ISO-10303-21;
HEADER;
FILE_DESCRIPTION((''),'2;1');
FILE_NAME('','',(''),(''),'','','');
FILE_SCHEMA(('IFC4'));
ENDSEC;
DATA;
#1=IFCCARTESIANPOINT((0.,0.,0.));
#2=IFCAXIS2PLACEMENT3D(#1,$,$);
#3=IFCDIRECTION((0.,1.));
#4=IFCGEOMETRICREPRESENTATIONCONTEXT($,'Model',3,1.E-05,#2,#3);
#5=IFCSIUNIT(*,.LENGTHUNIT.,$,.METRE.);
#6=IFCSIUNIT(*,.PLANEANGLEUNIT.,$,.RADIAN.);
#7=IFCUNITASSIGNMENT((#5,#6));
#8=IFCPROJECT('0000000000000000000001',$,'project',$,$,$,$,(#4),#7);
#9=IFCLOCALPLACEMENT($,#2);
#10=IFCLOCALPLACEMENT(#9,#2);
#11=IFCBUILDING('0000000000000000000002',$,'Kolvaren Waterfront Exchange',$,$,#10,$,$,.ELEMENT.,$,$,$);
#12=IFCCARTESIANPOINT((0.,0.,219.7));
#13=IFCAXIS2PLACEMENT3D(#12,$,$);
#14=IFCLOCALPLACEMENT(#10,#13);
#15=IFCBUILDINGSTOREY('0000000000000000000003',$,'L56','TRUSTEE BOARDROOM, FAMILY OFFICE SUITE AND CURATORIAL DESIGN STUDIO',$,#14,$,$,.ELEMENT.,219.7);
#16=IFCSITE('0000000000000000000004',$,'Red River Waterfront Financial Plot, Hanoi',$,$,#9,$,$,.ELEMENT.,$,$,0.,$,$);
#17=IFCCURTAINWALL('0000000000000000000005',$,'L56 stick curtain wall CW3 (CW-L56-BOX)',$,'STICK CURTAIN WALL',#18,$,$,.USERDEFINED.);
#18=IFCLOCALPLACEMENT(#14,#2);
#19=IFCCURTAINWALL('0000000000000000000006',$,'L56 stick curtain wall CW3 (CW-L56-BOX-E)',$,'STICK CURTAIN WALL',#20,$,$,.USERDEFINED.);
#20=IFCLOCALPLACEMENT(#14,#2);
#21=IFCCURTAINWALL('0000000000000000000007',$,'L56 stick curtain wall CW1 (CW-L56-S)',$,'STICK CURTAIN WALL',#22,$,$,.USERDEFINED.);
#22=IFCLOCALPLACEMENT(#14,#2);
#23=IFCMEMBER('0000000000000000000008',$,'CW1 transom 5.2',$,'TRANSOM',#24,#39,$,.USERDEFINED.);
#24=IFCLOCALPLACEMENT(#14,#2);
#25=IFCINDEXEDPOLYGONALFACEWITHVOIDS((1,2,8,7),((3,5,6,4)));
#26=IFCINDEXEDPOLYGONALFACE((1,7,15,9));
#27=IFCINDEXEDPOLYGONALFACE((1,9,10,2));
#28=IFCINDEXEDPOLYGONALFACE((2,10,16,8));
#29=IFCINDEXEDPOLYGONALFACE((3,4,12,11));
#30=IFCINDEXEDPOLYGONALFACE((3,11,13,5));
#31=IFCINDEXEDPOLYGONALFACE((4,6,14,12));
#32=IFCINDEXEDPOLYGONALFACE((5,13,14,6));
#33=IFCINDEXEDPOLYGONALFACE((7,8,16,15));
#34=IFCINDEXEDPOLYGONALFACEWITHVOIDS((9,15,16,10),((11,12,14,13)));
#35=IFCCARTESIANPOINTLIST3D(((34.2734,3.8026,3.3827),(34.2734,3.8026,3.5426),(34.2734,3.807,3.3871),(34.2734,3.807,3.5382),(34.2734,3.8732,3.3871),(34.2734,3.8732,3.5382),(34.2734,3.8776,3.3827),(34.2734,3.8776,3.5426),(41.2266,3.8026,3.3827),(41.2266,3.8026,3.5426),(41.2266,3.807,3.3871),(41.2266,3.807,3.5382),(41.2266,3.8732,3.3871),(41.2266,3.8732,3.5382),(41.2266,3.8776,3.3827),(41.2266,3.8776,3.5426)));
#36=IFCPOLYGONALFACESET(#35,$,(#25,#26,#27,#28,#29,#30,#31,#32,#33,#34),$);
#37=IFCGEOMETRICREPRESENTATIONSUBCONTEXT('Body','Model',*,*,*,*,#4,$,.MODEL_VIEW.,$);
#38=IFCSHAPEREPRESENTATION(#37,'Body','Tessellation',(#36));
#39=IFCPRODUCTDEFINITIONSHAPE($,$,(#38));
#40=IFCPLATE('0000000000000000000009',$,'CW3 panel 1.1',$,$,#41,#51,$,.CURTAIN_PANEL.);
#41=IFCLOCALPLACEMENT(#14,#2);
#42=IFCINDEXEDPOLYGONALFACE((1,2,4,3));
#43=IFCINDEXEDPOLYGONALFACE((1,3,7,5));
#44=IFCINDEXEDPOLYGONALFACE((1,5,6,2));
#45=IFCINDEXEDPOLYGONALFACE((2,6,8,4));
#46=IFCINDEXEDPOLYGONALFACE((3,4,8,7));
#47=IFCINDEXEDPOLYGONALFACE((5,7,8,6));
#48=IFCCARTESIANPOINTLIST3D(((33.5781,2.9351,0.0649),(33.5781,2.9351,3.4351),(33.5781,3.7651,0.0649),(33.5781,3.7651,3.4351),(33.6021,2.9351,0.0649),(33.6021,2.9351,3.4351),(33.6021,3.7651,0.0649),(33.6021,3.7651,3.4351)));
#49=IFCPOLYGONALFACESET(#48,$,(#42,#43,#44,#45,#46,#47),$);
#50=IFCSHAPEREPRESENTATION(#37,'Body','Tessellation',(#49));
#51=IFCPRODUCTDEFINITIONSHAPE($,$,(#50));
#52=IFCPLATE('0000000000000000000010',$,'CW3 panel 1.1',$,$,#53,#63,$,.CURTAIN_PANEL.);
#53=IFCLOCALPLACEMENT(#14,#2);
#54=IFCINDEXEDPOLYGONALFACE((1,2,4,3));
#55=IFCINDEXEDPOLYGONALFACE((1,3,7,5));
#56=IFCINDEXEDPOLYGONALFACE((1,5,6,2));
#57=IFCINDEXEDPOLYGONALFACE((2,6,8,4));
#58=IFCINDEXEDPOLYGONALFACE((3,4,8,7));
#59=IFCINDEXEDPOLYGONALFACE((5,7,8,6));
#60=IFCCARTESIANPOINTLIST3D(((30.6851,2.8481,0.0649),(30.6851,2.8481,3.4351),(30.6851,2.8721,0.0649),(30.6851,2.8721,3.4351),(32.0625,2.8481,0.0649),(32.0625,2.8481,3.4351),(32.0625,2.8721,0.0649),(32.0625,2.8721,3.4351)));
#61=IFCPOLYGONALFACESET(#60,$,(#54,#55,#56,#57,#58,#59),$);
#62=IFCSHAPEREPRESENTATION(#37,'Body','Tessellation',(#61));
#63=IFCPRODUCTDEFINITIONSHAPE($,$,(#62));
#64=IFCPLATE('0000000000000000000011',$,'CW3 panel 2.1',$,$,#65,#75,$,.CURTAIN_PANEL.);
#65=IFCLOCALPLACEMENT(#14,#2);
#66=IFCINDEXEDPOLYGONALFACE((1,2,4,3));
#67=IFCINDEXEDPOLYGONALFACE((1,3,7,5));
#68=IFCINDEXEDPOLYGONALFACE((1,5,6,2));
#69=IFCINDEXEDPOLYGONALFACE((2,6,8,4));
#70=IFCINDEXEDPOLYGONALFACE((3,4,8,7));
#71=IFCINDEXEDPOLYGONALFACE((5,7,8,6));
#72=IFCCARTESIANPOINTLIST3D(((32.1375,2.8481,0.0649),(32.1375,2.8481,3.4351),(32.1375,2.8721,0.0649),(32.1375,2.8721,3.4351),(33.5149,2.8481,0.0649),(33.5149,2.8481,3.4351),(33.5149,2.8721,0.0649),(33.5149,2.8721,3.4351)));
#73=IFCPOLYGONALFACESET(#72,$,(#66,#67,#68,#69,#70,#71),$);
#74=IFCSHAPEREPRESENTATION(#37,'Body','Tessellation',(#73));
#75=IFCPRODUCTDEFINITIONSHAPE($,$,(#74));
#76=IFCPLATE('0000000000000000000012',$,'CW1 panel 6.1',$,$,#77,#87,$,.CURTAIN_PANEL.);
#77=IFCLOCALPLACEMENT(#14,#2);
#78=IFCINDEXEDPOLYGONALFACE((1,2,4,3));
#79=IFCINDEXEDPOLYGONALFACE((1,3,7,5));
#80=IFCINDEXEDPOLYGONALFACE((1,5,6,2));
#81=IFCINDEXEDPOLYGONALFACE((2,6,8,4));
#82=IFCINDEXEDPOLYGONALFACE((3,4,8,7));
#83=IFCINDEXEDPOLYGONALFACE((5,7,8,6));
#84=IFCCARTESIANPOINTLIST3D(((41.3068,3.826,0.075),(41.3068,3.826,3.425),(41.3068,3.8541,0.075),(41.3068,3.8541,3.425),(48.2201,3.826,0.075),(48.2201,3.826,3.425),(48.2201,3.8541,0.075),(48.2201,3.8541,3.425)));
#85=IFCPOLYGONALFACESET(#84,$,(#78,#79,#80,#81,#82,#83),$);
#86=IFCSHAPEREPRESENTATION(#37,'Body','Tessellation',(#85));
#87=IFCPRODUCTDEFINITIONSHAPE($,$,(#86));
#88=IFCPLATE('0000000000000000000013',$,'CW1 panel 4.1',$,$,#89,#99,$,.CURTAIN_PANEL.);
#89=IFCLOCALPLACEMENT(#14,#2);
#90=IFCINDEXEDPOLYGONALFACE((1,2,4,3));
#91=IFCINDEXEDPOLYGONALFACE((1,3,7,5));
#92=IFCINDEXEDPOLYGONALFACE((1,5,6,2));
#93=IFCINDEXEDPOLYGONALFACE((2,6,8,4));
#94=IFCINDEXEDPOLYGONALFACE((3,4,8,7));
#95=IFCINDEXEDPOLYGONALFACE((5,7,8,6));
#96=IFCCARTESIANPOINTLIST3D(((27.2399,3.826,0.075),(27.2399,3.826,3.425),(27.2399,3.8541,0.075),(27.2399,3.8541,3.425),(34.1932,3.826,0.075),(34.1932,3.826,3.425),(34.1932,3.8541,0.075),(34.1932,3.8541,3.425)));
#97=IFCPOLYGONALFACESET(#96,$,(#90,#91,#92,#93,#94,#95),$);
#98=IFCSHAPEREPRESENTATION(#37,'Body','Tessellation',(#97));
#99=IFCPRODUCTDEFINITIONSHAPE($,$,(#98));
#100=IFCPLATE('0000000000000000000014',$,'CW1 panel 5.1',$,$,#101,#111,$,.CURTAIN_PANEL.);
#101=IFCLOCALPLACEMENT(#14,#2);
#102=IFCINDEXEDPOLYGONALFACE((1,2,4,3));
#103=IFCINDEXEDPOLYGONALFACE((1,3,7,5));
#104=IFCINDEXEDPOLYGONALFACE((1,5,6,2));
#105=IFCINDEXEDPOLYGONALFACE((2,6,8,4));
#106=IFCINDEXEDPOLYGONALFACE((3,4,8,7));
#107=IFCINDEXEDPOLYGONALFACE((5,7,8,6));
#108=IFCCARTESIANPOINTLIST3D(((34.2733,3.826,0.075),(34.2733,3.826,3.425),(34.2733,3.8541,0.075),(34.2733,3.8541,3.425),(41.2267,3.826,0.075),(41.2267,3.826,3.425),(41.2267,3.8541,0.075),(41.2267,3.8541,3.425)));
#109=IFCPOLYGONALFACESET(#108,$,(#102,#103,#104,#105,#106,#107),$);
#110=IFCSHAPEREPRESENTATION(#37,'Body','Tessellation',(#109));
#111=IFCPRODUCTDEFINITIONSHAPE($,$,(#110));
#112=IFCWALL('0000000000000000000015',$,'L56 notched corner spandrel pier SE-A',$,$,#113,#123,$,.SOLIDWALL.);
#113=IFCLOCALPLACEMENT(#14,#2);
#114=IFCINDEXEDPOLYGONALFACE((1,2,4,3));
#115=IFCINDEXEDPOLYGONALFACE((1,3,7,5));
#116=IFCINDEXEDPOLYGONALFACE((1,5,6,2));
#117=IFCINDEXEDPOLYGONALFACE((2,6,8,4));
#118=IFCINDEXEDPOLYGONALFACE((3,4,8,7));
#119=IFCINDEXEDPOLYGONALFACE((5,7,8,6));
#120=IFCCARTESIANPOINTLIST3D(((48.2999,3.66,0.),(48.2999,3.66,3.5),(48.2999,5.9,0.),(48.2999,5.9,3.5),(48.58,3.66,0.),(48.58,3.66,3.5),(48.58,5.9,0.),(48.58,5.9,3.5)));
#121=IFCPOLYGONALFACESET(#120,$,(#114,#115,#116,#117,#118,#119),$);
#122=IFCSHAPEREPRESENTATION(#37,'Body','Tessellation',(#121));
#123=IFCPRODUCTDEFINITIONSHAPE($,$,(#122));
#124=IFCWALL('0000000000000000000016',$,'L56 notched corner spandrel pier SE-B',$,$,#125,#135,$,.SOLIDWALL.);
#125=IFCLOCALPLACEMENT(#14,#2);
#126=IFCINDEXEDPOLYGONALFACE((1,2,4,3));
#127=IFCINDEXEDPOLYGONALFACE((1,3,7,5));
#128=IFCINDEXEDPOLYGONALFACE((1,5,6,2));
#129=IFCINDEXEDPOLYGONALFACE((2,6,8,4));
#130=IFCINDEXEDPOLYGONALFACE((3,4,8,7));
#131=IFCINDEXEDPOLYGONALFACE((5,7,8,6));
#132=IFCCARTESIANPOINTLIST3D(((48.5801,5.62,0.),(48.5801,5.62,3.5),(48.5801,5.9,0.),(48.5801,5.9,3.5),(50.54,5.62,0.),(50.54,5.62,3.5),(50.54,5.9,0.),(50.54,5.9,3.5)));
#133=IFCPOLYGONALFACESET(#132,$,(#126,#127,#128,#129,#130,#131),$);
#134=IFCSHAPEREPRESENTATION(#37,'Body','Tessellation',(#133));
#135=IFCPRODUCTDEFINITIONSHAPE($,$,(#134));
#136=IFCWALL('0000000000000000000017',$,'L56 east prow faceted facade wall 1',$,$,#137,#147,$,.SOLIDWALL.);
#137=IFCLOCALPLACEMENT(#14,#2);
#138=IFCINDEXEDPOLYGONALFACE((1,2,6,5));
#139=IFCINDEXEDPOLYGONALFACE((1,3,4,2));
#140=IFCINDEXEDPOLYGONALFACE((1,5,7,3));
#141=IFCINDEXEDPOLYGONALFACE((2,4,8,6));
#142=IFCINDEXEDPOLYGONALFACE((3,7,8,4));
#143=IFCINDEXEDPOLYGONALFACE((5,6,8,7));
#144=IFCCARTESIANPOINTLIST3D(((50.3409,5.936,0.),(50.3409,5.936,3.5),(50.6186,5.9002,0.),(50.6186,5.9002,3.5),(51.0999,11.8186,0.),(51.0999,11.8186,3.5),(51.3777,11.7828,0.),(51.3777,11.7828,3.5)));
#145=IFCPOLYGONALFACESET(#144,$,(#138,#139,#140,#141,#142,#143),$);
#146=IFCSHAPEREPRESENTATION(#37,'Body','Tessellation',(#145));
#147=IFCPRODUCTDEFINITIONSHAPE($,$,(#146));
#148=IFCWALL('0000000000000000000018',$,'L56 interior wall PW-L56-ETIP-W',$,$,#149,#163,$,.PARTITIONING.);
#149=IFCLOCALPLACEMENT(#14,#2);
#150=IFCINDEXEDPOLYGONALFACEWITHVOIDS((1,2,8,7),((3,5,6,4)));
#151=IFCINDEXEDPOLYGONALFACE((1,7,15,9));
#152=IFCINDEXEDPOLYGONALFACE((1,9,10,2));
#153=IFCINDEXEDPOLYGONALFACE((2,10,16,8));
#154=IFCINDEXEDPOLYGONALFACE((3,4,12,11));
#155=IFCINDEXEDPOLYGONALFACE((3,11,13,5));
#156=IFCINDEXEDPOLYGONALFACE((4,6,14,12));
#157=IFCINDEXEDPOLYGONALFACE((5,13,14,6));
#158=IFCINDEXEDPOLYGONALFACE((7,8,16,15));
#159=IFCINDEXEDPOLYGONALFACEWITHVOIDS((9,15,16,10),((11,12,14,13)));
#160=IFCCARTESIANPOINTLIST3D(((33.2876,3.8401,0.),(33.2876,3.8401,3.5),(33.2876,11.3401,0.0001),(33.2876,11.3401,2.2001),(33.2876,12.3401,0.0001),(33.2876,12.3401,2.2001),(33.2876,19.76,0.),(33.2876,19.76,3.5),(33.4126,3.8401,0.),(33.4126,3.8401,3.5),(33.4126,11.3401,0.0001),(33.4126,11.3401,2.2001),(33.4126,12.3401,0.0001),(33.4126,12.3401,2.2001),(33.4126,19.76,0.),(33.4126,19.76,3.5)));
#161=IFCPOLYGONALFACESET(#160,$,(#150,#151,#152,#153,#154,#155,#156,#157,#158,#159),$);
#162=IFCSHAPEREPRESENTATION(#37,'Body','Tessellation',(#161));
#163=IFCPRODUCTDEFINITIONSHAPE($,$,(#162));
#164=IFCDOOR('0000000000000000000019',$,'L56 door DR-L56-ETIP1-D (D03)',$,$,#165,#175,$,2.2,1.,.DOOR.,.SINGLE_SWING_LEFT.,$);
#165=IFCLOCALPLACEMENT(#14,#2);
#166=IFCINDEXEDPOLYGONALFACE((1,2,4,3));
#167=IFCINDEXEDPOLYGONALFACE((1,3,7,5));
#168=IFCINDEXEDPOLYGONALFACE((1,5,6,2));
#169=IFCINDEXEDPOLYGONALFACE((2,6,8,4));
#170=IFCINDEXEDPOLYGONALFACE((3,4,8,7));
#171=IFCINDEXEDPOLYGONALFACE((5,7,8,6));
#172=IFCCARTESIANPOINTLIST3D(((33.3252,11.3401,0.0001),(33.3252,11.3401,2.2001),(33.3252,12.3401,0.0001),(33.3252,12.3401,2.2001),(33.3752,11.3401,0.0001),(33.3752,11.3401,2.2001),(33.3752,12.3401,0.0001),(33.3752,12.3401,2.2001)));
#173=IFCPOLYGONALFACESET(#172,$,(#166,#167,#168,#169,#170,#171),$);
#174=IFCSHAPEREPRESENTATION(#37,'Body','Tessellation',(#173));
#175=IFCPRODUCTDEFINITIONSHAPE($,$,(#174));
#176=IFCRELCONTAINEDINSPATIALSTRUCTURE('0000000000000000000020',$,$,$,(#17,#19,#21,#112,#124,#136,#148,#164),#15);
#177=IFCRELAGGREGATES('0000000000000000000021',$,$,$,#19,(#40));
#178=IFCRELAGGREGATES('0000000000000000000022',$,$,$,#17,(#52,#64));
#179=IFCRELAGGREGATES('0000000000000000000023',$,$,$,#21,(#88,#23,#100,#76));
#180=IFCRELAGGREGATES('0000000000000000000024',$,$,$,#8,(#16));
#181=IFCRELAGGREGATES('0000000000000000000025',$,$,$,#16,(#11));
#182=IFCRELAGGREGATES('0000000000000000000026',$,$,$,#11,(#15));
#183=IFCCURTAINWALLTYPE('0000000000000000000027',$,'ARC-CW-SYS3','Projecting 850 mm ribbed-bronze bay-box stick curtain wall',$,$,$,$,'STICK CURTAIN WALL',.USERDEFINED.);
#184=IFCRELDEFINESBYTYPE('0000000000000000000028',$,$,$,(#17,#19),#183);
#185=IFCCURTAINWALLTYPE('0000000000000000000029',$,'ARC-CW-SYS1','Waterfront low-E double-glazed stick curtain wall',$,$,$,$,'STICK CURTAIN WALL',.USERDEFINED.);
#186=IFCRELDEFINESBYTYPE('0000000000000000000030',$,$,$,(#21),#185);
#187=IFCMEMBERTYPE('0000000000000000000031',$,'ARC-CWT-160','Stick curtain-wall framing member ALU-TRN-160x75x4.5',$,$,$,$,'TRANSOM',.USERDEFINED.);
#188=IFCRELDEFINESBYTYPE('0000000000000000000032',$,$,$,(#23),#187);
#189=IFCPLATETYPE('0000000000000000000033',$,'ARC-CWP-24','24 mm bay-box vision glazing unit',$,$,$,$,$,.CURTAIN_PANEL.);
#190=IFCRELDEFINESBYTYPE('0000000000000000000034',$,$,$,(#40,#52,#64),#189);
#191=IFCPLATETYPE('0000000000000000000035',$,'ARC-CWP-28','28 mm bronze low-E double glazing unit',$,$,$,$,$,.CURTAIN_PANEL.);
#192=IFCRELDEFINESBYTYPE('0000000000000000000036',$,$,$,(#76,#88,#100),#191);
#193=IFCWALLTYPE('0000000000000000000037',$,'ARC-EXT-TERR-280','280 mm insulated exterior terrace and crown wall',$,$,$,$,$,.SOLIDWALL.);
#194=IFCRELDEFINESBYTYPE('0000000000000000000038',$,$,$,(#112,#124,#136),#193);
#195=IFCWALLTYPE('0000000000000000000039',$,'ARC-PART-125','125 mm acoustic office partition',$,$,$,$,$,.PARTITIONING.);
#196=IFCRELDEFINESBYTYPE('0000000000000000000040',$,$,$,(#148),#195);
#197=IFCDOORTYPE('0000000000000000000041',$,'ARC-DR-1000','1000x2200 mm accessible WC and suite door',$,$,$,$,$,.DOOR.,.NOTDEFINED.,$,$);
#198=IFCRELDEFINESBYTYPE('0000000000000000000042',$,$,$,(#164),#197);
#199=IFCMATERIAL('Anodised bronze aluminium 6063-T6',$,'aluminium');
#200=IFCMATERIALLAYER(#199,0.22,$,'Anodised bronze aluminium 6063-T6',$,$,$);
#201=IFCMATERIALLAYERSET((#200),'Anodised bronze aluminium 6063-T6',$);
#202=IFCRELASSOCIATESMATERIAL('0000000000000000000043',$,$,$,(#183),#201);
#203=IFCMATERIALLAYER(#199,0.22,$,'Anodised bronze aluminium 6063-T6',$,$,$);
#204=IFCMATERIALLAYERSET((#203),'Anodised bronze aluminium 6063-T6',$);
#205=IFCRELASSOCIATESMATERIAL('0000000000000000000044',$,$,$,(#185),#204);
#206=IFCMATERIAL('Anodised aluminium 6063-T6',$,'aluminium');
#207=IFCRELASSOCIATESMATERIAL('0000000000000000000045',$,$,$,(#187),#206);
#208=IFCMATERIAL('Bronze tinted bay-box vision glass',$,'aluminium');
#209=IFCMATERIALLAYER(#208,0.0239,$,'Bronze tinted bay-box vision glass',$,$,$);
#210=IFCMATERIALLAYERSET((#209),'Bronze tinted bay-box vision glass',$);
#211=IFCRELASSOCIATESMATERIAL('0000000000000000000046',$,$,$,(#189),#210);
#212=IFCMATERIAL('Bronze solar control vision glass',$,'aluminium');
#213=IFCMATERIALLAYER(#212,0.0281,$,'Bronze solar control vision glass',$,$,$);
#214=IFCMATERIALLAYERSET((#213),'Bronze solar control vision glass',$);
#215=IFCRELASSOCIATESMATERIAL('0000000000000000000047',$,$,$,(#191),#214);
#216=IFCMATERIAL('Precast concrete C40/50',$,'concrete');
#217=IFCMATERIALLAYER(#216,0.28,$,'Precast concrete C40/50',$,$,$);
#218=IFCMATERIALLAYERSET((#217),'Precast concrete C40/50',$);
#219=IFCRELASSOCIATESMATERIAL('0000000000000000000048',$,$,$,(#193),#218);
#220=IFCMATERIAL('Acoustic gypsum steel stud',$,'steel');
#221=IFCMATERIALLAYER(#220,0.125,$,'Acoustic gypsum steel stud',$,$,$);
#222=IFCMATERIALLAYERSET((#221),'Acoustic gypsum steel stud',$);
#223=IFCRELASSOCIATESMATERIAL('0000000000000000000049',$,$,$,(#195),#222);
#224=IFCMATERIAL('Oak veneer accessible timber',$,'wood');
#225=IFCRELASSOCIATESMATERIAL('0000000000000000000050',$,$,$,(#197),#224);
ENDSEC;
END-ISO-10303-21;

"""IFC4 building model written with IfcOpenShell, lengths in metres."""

from ifc_helpers import new_model, si_unit, direction, frame, frame_2d, origin, origin_with_axes, origin_2d, place, context, subcontext, project, spatial, rectangle, hollow_rectangle, extrude, source, transform, mapped, material, layer, layer_set, material_profile, profile_set, type_object, element, fill, aggregate, save


model = new_model("IFC4")

# Units and contexts
model_context = context("Model", 3, precision=1e-05, world=origin(), true_north=direction((0.0, 1.0)))
body_context = subcontext(model_context, "Body", "Model", "MODEL_VIEW")
ifc_project = project(units=[si_unit("LENGTHUNIT", "METRE"), si_unit("PLANEANGLEUNIT", "RADIAN")], contexts=[model_context])

# Site, building, storey
site_placement = place(None, origin())
site = spatial("IfcSite", under=ifc_project, at=site_placement, Name="Red River Waterfront Financial Plot, Hanoi", CompositionType="ELEMENT", RefElevation=0.0)
building_placement = place(site_placement, origin())
building = spatial("IfcBuilding", under=site, at=building_placement, Name="Kolvaren Waterfront Exchange", CompositionType="ELEMENT")
storey_placement = place(building_placement, frame((0.0, 0.0, 219.7)))
storey = spatial("IfcBuildingStorey", under=building, at=storey_placement, Name="L56", Description="TRUSTEE BOARDROOM, FAMILY OFFICE SUITE AND CURATORIAL DESIGN STUDIO", CompositionType="ELEMENT", Elevation=219.7)

# Curtain walls
ifc_material_1 = material(Name="Anodised bronze aluminium 6063-T6", Category="aluminium")
ifc_layer_1 = layer(ifc_material_1, 0.22, Name="Anodised bronze aluminium 6063-T6")
ifc_layer_set_1 = layer_set([ifc_layer_1], Name="Anodised bronze aluminium 6063-T6")
curtain_wall_type_1 = type_object("IfcCurtainWallType", Name="ARC-CW-SYS3", Description="Projecting 850 mm ribbed-bronze bay-box stick curtain wall", ElementType="STICK CURTAIN WALL", PredefinedType="USERDEFINED", material=ifc_layer_set_1)
curtain_wall_1_placement = place(storey_placement, origin())
curtain_wall_1 = element("IfcCurtainWall", 1, at=curtain_wall_1_placement, inside=storey, type_object=curtain_wall_type_1, Name="L56 stick curtain wall CW3 (CW-L56-BOX)", ObjectType="STICK CURTAIN WALL", PredefinedType="USERDEFINED")
curtain_wall_2_placement = place(storey_placement, origin())
curtain_wall_2 = element("IfcCurtainWall", 2, at=curtain_wall_2_placement, inside=storey, type_object=curtain_wall_type_1, Name="L56 stick curtain wall CW3 (CW-L56-BOX-E)", ObjectType="STICK CURTAIN WALL", PredefinedType="USERDEFINED")

# Curtain wall, member
ifc_layer_2 = layer(ifc_material_1, 0.22, Name="Anodised bronze aluminium 6063-T6")
ifc_layer_set_2 = layer_set([ifc_layer_2], Name="Anodised bronze aluminium 6063-T6")
curtain_wall_type_2 = type_object("IfcCurtainWallType", Name="ARC-CW-SYS1", Description="Waterfront low-E double-glazed stick curtain wall", ElementType="STICK CURTAIN WALL", PredefinedType="USERDEFINED", material=ifc_layer_set_2)
curtain_wall_3_placement = place(storey_placement, origin())
curtain_wall_3 = element("IfcCurtainWall", 3, at=curtain_wall_3_placement, inside=storey, type_object=curtain_wall_type_2, Name="L56 stick curtain wall CW1 (CW-L56-S)", ObjectType="STICK CURTAIN WALL", PredefinedType="USERDEFINED")
ifc_material_2 = material(Name="Anodised aluminium 6063-T6", Category="aluminium")
ifc_material_profile_1 = material_profile(ifc_material_2, hollow_rectangle(XDim=0.075, YDim=0.1599, WallThickness=0.0044, at=origin_2d()), Name="ALU-TRN-160x75x4.5")
ifc_profile_set_1 = profile_set([ifc_material_profile_1], Name="Anodised aluminium 6063-T6")
member_type_1 = type_object("IfcMemberType", Name="ARC-CWT-160", Description="Stick curtain-wall framing member ALU-TRN-160x75x4.5", ElementType="TRANSOM", PredefinedType="USERDEFINED", material=ifc_profile_set_1)
shared_shape_1 = source(origin_with_axes(), body_context, "Body", "SweptSolid", [
    extrude(hollow_rectangle(XDim=0.075, YDim=0.1599, WallThickness=0.0044, at=origin_2d()), origin(), (0.0, 0.0, 1.0), 6.9531),
])
member_1_placement = place(storey_placement, frame((34.2734, 3.8401, 3.4626), z_axis=(1.0, 0.0, 0.0), x_axis=(0.0, 1.0, 0.0)))
member_1 = element("IfcMember", 4, at=member_1_placement, type_object=member_type_1, Name="CW1 transom 5.2", ObjectType="TRANSOM", PredefinedType="USERDEFINED", context=body_context, shape_type="MappedRepresentation", body=[
    mapped(shared_shape_1, transform((0.0, 0.0, 0.0), x_axis=(1.0, 0.0, 0.0), y_axis=(0.0, 1.0, 0.0), z_axis=(0.0, 0.0, 1.0), scale=1.0)),
])

# Plates
ifc_material_3 = material(Name="Bronze tinted bay-box vision glass", Category="aluminium")
ifc_layer_3 = layer(ifc_material_3, 0.0239, Name="Bronze tinted bay-box vision glass")
ifc_layer_set_3 = layer_set([ifc_layer_3], Name="Bronze tinted bay-box vision glass")
plate_type_1 = type_object("IfcPlateType", Name="ARC-CWP-24", Description="24 mm bay-box vision glazing unit", PredefinedType="CURTAIN_PANEL", material=ifc_layer_set_3)
shared_shape_2 = source(origin_with_axes(), body_context, "Body", "SweptSolid", [
    extrude(rectangle(XDim=0.8301, YDim=0.0239, at=origin_2d()), origin(), (0.0, 0.0, 1.0), 3.3701),
])
plate_1_placement = place(storey_placement, frame((33.5901, 3.3501, 0.0649), z_axis=(0.0, 0.0, 1.0), x_axis=(0.0, 1.0, 0.0)))
plate_1 = element("IfcPlate", 5, at=plate_1_placement, type_object=plate_type_1, Name="CW3 panel 1.1", PredefinedType="CURTAIN_PANEL", context=body_context, shape_type="MappedRepresentation", body=[
    mapped(shared_shape_2, transform((0.0, 0.0, 0.0), x_axis=(1.0, 0.0, 0.0), y_axis=(0.0, 1.0, 0.0), z_axis=(0.0, 0.0, 1.0), scale=1.0)),
])
aggregate(curtain_wall_2, [plate_1])
shared_shape_3 = source(origin_with_axes(), body_context, "Body", "SweptSolid", [
    extrude(rectangle(XDim=1.3774, YDim=0.0239, at=origin_2d()), origin(), (0.0, 0.0, 1.0), 3.3701),
])
plate_2_placement = place(storey_placement, frame((31.3738, 2.8601, 0.0649), z_axis=(0.0, 0.0, 1.0), x_axis=(1.0, 0.0, 0.0)))
plate_2 = element("IfcPlate", 6, at=plate_2_placement, type_object=plate_type_1, Name="CW3 panel 1.1", PredefinedType="CURTAIN_PANEL", context=body_context, shape_type="MappedRepresentation", body=[
    mapped(shared_shape_3, transform((0.0, 0.0, 0.0), x_axis=(1.0, 0.0, 0.0), y_axis=(0.0, 1.0, 0.0), z_axis=(0.0, 0.0, 1.0), scale=1.0)),
])
plate_3_placement = place(storey_placement, frame((32.8262, 2.8601, 0.0649), z_axis=(0.0, 0.0, 1.0), x_axis=(1.0, 0.0, 0.0)))
plate_3 = element("IfcPlate", 7, at=plate_3_placement, type_object=plate_type_1, Name="CW3 panel 2.1", PredefinedType="CURTAIN_PANEL", context=body_context, shape_type="MappedRepresentation", body=[
    mapped(shared_shape_3, transform((0.0, 0.0, 0.0), x_axis=(1.0, 0.0, 0.0), y_axis=(0.0, 1.0, 0.0), z_axis=(0.0, 0.0, 1.0), scale=1.0)),
])
aggregate(curtain_wall_1, [plate_2, plate_3])
ifc_material_4 = material(Name="Bronze solar control vision glass", Category="aluminium")
ifc_layer_4 = layer(ifc_material_4, 0.0281, Name="Bronze solar control vision glass")
ifc_layer_set_4 = layer_set([ifc_layer_4], Name="Bronze solar control vision glass")
plate_type_2 = type_object("IfcPlateType", Name="ARC-CWP-28", Description="28 mm bronze low-E double glazing unit", PredefinedType="CURTAIN_PANEL", material=ifc_layer_set_4)
shared_shape_4 = source(origin_with_axes(), body_context, "Body", "SweptSolid", [
    extrude(rectangle(XDim=6.9133, YDim=0.0281, at=origin_2d()), origin(), (0.0, 0.0, 1.0), 3.3501),
])
plate_4_placement = place(storey_placement, frame((44.7634, 3.8401, 0.075), z_axis=(0.0, 0.0, 1.0), x_axis=(1.0, 0.0, 0.0)))
plate_4 = element("IfcPlate", 8, at=plate_4_placement, type_object=plate_type_2, Name="CW1 panel 6.1", PredefinedType="CURTAIN_PANEL", context=body_context, shape_type="MappedRepresentation", body=[
    mapped(shared_shape_4, transform((0.0, 0.0, 0.0), x_axis=(1.0, 0.0, 0.0), y_axis=(0.0, 1.0, 0.0), z_axis=(0.0, 0.0, 1.0), scale=1.0)),
])
shared_shape_5 = source(origin_with_axes(), body_context, "Body", "SweptSolid", [
    extrude(rectangle(XDim=6.9534, YDim=0.0281, at=origin_2d()), origin(), (0.0, 0.0, 1.0), 3.3501),
])
plate_5_placement = place(storey_placement, frame((30.7166, 3.8401, 0.075), z_axis=(0.0, 0.0, 1.0), x_axis=(1.0, 0.0, 0.0)))
plate_5 = element("IfcPlate", 9, at=plate_5_placement, type_object=plate_type_2, Name="CW1 panel 4.1", PredefinedType="CURTAIN_PANEL", context=body_context, shape_type="MappedRepresentation", body=[
    mapped(shared_shape_5, transform((0.0, 0.0, 0.0), x_axis=(1.0, 0.0, 0.0), y_axis=(0.0, 1.0, 0.0), z_axis=(0.0, 0.0, 1.0), scale=1.0)),
])
plate_6_placement = place(storey_placement, frame((37.75, 3.8401, 0.075), z_axis=(0.0, 0.0, 1.0), x_axis=(1.0, 0.0, 0.0)))
plate_6 = element("IfcPlate", 10, at=plate_6_placement, type_object=plate_type_2, Name="CW1 panel 5.1", PredefinedType="CURTAIN_PANEL", context=body_context, shape_type="MappedRepresentation", body=[
    mapped(shared_shape_5, transform((0.0, 0.0, 0.0), x_axis=(1.0, 0.0, 0.0), y_axis=(0.0, 1.0, 0.0), z_axis=(0.0, 0.0, 1.0), scale=1.0)),
])
aggregate(curtain_wall_3, [plate_5, member_1, plate_6, plate_4])

# Walls
ifc_material_5 = material(Name="Precast concrete C40/50", Category="concrete")
ifc_layer_5 = layer(ifc_material_5, 0.28, Name="Precast concrete C40/50")
ifc_layer_set_5 = layer_set([ifc_layer_5], Name="Precast concrete C40/50")
wall_type_1 = type_object("IfcWallType", Name="ARC-EXT-TERR-280", Description="280 mm insulated exterior terrace and crown wall", PredefinedType="SOLIDWALL", material=ifc_layer_set_5)
wall_1_placement = place(storey_placement, frame((48.4399, 3.6599, 0.0), z_axis=(0.0, 0.0, 1.0), x_axis=(0.0, 1.0, 0.0)))
element("IfcWall", 11, at=wall_1_placement, inside=storey, type_object=wall_type_1, Name="L56 notched corner spandrel pier SE-A", PredefinedType="SOLIDWALL", context=body_context, shape_type="SweptSolid", body=[
    extrude(rectangle(XDim=2.24, YDim=0.28, at=frame_2d((1.1201, 0.0))), origin(), (0.0, 0.0, 1.0), 3.5),
])
wall_2_placement = place(storey_placement, frame((48.5801, 5.76, 0.0), z_axis=(0.0, 0.0, 1.0), x_axis=(1.0, 0.0, 0.0)))
element("IfcWall", 12, at=wall_2_placement, inside=storey, type_object=wall_type_1, Name="L56 notched corner spandrel pier SE-B", PredefinedType="SOLIDWALL", context=body_context, shape_type="SweptSolid", body=[
    extrude(rectangle(XDim=1.96, YDim=0.28, at=frame_2d((0.98, 0.0))), origin(), (0.0, 0.0, 1.0), 3.5),
])
wall_3_placement = place(storey_placement, frame((50.4797, 5.918, 0.0), z_axis=(0.0, 0.0, 1.0), x_axis=(0.12797, 0.991778, 0.0)))
element("IfcWall", 13, at=wall_3_placement, inside=storey, type_object=wall_type_1, Name="L56 east prow faceted facade wall 1", PredefinedType="SOLIDWALL", context=body_context, shape_type="SweptSolid", body=[
    extrude(rectangle(XDim=5.9314, YDim=0.28, at=frame_2d((2.9658, 0.0))), origin(), (0.0, 0.0, 1.0), 3.5),
])

# Wall, opening, door
ifc_material_6 = material(Name="Acoustic gypsum steel stud", Category="steel")
ifc_layer_6 = layer(ifc_material_6, 0.125, Name="Acoustic gypsum steel stud")
ifc_layer_set_6 = layer_set([ifc_layer_6], Name="Acoustic gypsum steel stud")
wall_type_2 = type_object("IfcWallType", Name="ARC-PART-125", Description="125 mm acoustic office partition", PredefinedType="PARTITIONING", material=ifc_layer_set_6)
wall_4_placement = place(storey_placement, frame((33.3501, 3.8401, 0.0), z_axis=(0.0, 0.0, 1.0), x_axis=(0.0, 1.0, 0.0)))
wall_4 = element("IfcWall", 14, at=wall_4_placement, inside=storey, type_object=wall_type_2, Name="L56 interior wall PW-L56-ETIP-W", PredefinedType="PARTITIONING", context=body_context, shape_type="SweptSolid", body=[
    extrude(rectangle(XDim=15.9199, YDim=0.125, at=frame_2d((7.96, 0.0))), origin(), (0.0, 0.0, 1.0), 3.5),
])
opening_placement = place(wall_4_placement, frame((7.5, 0.0, 0.0)))
opening = element("IfcOpeningElement", 15, at=opening_placement, cuts=wall_4, PredefinedType="OPENING", context=body_context, shape_type="SweptSolid", body=[
    extrude(rectangle(XDim=1.0, YDim=2.2, at=frame_2d((0.5, 1.1001))), frame((0.0, 0.0725, 0.0), z_axis=(0.0, -1.0, 0.0), x_axis=(1.0, 0.0, 0.0)), (0.0, 0.0, 1.0), 0.145),
])
ifc_material_7 = material(Name="Oak veneer accessible timber", Category="wood")
door_type = type_object("IfcDoorType", Name="ARC-DR-1000", Description="1000x2200 mm accessible WC and suite door", OperationType="NOTDEFINED", PredefinedType="DOOR", material=ifc_material_7)
door_placement = place(opening_placement, origin())
door = element("IfcDoor", 16, at=door_placement, inside=storey, type_object=door_type, Name="L56 door DR-L56-ETIP1-D (D03)", OperationType="SINGLE_SWING_LEFT", OverallHeight=2.2, OverallWidth=1.0, PredefinedType="DOOR", context=body_context, shape_type="SweptSolid", body=[
    extrude(rectangle(XDim=1.0, YDim=2.2, at=frame_2d((0.5, 1.1001))), frame((0.0, 0.0249, 0.0), z_axis=(0.0, -1.0, 0.0), x_axis=(1.0, 0.0, 0.0)), (0.0, 0.0, 1.0), 0.05),
])
fill(opening, door)

save(model, "model.ifc")
